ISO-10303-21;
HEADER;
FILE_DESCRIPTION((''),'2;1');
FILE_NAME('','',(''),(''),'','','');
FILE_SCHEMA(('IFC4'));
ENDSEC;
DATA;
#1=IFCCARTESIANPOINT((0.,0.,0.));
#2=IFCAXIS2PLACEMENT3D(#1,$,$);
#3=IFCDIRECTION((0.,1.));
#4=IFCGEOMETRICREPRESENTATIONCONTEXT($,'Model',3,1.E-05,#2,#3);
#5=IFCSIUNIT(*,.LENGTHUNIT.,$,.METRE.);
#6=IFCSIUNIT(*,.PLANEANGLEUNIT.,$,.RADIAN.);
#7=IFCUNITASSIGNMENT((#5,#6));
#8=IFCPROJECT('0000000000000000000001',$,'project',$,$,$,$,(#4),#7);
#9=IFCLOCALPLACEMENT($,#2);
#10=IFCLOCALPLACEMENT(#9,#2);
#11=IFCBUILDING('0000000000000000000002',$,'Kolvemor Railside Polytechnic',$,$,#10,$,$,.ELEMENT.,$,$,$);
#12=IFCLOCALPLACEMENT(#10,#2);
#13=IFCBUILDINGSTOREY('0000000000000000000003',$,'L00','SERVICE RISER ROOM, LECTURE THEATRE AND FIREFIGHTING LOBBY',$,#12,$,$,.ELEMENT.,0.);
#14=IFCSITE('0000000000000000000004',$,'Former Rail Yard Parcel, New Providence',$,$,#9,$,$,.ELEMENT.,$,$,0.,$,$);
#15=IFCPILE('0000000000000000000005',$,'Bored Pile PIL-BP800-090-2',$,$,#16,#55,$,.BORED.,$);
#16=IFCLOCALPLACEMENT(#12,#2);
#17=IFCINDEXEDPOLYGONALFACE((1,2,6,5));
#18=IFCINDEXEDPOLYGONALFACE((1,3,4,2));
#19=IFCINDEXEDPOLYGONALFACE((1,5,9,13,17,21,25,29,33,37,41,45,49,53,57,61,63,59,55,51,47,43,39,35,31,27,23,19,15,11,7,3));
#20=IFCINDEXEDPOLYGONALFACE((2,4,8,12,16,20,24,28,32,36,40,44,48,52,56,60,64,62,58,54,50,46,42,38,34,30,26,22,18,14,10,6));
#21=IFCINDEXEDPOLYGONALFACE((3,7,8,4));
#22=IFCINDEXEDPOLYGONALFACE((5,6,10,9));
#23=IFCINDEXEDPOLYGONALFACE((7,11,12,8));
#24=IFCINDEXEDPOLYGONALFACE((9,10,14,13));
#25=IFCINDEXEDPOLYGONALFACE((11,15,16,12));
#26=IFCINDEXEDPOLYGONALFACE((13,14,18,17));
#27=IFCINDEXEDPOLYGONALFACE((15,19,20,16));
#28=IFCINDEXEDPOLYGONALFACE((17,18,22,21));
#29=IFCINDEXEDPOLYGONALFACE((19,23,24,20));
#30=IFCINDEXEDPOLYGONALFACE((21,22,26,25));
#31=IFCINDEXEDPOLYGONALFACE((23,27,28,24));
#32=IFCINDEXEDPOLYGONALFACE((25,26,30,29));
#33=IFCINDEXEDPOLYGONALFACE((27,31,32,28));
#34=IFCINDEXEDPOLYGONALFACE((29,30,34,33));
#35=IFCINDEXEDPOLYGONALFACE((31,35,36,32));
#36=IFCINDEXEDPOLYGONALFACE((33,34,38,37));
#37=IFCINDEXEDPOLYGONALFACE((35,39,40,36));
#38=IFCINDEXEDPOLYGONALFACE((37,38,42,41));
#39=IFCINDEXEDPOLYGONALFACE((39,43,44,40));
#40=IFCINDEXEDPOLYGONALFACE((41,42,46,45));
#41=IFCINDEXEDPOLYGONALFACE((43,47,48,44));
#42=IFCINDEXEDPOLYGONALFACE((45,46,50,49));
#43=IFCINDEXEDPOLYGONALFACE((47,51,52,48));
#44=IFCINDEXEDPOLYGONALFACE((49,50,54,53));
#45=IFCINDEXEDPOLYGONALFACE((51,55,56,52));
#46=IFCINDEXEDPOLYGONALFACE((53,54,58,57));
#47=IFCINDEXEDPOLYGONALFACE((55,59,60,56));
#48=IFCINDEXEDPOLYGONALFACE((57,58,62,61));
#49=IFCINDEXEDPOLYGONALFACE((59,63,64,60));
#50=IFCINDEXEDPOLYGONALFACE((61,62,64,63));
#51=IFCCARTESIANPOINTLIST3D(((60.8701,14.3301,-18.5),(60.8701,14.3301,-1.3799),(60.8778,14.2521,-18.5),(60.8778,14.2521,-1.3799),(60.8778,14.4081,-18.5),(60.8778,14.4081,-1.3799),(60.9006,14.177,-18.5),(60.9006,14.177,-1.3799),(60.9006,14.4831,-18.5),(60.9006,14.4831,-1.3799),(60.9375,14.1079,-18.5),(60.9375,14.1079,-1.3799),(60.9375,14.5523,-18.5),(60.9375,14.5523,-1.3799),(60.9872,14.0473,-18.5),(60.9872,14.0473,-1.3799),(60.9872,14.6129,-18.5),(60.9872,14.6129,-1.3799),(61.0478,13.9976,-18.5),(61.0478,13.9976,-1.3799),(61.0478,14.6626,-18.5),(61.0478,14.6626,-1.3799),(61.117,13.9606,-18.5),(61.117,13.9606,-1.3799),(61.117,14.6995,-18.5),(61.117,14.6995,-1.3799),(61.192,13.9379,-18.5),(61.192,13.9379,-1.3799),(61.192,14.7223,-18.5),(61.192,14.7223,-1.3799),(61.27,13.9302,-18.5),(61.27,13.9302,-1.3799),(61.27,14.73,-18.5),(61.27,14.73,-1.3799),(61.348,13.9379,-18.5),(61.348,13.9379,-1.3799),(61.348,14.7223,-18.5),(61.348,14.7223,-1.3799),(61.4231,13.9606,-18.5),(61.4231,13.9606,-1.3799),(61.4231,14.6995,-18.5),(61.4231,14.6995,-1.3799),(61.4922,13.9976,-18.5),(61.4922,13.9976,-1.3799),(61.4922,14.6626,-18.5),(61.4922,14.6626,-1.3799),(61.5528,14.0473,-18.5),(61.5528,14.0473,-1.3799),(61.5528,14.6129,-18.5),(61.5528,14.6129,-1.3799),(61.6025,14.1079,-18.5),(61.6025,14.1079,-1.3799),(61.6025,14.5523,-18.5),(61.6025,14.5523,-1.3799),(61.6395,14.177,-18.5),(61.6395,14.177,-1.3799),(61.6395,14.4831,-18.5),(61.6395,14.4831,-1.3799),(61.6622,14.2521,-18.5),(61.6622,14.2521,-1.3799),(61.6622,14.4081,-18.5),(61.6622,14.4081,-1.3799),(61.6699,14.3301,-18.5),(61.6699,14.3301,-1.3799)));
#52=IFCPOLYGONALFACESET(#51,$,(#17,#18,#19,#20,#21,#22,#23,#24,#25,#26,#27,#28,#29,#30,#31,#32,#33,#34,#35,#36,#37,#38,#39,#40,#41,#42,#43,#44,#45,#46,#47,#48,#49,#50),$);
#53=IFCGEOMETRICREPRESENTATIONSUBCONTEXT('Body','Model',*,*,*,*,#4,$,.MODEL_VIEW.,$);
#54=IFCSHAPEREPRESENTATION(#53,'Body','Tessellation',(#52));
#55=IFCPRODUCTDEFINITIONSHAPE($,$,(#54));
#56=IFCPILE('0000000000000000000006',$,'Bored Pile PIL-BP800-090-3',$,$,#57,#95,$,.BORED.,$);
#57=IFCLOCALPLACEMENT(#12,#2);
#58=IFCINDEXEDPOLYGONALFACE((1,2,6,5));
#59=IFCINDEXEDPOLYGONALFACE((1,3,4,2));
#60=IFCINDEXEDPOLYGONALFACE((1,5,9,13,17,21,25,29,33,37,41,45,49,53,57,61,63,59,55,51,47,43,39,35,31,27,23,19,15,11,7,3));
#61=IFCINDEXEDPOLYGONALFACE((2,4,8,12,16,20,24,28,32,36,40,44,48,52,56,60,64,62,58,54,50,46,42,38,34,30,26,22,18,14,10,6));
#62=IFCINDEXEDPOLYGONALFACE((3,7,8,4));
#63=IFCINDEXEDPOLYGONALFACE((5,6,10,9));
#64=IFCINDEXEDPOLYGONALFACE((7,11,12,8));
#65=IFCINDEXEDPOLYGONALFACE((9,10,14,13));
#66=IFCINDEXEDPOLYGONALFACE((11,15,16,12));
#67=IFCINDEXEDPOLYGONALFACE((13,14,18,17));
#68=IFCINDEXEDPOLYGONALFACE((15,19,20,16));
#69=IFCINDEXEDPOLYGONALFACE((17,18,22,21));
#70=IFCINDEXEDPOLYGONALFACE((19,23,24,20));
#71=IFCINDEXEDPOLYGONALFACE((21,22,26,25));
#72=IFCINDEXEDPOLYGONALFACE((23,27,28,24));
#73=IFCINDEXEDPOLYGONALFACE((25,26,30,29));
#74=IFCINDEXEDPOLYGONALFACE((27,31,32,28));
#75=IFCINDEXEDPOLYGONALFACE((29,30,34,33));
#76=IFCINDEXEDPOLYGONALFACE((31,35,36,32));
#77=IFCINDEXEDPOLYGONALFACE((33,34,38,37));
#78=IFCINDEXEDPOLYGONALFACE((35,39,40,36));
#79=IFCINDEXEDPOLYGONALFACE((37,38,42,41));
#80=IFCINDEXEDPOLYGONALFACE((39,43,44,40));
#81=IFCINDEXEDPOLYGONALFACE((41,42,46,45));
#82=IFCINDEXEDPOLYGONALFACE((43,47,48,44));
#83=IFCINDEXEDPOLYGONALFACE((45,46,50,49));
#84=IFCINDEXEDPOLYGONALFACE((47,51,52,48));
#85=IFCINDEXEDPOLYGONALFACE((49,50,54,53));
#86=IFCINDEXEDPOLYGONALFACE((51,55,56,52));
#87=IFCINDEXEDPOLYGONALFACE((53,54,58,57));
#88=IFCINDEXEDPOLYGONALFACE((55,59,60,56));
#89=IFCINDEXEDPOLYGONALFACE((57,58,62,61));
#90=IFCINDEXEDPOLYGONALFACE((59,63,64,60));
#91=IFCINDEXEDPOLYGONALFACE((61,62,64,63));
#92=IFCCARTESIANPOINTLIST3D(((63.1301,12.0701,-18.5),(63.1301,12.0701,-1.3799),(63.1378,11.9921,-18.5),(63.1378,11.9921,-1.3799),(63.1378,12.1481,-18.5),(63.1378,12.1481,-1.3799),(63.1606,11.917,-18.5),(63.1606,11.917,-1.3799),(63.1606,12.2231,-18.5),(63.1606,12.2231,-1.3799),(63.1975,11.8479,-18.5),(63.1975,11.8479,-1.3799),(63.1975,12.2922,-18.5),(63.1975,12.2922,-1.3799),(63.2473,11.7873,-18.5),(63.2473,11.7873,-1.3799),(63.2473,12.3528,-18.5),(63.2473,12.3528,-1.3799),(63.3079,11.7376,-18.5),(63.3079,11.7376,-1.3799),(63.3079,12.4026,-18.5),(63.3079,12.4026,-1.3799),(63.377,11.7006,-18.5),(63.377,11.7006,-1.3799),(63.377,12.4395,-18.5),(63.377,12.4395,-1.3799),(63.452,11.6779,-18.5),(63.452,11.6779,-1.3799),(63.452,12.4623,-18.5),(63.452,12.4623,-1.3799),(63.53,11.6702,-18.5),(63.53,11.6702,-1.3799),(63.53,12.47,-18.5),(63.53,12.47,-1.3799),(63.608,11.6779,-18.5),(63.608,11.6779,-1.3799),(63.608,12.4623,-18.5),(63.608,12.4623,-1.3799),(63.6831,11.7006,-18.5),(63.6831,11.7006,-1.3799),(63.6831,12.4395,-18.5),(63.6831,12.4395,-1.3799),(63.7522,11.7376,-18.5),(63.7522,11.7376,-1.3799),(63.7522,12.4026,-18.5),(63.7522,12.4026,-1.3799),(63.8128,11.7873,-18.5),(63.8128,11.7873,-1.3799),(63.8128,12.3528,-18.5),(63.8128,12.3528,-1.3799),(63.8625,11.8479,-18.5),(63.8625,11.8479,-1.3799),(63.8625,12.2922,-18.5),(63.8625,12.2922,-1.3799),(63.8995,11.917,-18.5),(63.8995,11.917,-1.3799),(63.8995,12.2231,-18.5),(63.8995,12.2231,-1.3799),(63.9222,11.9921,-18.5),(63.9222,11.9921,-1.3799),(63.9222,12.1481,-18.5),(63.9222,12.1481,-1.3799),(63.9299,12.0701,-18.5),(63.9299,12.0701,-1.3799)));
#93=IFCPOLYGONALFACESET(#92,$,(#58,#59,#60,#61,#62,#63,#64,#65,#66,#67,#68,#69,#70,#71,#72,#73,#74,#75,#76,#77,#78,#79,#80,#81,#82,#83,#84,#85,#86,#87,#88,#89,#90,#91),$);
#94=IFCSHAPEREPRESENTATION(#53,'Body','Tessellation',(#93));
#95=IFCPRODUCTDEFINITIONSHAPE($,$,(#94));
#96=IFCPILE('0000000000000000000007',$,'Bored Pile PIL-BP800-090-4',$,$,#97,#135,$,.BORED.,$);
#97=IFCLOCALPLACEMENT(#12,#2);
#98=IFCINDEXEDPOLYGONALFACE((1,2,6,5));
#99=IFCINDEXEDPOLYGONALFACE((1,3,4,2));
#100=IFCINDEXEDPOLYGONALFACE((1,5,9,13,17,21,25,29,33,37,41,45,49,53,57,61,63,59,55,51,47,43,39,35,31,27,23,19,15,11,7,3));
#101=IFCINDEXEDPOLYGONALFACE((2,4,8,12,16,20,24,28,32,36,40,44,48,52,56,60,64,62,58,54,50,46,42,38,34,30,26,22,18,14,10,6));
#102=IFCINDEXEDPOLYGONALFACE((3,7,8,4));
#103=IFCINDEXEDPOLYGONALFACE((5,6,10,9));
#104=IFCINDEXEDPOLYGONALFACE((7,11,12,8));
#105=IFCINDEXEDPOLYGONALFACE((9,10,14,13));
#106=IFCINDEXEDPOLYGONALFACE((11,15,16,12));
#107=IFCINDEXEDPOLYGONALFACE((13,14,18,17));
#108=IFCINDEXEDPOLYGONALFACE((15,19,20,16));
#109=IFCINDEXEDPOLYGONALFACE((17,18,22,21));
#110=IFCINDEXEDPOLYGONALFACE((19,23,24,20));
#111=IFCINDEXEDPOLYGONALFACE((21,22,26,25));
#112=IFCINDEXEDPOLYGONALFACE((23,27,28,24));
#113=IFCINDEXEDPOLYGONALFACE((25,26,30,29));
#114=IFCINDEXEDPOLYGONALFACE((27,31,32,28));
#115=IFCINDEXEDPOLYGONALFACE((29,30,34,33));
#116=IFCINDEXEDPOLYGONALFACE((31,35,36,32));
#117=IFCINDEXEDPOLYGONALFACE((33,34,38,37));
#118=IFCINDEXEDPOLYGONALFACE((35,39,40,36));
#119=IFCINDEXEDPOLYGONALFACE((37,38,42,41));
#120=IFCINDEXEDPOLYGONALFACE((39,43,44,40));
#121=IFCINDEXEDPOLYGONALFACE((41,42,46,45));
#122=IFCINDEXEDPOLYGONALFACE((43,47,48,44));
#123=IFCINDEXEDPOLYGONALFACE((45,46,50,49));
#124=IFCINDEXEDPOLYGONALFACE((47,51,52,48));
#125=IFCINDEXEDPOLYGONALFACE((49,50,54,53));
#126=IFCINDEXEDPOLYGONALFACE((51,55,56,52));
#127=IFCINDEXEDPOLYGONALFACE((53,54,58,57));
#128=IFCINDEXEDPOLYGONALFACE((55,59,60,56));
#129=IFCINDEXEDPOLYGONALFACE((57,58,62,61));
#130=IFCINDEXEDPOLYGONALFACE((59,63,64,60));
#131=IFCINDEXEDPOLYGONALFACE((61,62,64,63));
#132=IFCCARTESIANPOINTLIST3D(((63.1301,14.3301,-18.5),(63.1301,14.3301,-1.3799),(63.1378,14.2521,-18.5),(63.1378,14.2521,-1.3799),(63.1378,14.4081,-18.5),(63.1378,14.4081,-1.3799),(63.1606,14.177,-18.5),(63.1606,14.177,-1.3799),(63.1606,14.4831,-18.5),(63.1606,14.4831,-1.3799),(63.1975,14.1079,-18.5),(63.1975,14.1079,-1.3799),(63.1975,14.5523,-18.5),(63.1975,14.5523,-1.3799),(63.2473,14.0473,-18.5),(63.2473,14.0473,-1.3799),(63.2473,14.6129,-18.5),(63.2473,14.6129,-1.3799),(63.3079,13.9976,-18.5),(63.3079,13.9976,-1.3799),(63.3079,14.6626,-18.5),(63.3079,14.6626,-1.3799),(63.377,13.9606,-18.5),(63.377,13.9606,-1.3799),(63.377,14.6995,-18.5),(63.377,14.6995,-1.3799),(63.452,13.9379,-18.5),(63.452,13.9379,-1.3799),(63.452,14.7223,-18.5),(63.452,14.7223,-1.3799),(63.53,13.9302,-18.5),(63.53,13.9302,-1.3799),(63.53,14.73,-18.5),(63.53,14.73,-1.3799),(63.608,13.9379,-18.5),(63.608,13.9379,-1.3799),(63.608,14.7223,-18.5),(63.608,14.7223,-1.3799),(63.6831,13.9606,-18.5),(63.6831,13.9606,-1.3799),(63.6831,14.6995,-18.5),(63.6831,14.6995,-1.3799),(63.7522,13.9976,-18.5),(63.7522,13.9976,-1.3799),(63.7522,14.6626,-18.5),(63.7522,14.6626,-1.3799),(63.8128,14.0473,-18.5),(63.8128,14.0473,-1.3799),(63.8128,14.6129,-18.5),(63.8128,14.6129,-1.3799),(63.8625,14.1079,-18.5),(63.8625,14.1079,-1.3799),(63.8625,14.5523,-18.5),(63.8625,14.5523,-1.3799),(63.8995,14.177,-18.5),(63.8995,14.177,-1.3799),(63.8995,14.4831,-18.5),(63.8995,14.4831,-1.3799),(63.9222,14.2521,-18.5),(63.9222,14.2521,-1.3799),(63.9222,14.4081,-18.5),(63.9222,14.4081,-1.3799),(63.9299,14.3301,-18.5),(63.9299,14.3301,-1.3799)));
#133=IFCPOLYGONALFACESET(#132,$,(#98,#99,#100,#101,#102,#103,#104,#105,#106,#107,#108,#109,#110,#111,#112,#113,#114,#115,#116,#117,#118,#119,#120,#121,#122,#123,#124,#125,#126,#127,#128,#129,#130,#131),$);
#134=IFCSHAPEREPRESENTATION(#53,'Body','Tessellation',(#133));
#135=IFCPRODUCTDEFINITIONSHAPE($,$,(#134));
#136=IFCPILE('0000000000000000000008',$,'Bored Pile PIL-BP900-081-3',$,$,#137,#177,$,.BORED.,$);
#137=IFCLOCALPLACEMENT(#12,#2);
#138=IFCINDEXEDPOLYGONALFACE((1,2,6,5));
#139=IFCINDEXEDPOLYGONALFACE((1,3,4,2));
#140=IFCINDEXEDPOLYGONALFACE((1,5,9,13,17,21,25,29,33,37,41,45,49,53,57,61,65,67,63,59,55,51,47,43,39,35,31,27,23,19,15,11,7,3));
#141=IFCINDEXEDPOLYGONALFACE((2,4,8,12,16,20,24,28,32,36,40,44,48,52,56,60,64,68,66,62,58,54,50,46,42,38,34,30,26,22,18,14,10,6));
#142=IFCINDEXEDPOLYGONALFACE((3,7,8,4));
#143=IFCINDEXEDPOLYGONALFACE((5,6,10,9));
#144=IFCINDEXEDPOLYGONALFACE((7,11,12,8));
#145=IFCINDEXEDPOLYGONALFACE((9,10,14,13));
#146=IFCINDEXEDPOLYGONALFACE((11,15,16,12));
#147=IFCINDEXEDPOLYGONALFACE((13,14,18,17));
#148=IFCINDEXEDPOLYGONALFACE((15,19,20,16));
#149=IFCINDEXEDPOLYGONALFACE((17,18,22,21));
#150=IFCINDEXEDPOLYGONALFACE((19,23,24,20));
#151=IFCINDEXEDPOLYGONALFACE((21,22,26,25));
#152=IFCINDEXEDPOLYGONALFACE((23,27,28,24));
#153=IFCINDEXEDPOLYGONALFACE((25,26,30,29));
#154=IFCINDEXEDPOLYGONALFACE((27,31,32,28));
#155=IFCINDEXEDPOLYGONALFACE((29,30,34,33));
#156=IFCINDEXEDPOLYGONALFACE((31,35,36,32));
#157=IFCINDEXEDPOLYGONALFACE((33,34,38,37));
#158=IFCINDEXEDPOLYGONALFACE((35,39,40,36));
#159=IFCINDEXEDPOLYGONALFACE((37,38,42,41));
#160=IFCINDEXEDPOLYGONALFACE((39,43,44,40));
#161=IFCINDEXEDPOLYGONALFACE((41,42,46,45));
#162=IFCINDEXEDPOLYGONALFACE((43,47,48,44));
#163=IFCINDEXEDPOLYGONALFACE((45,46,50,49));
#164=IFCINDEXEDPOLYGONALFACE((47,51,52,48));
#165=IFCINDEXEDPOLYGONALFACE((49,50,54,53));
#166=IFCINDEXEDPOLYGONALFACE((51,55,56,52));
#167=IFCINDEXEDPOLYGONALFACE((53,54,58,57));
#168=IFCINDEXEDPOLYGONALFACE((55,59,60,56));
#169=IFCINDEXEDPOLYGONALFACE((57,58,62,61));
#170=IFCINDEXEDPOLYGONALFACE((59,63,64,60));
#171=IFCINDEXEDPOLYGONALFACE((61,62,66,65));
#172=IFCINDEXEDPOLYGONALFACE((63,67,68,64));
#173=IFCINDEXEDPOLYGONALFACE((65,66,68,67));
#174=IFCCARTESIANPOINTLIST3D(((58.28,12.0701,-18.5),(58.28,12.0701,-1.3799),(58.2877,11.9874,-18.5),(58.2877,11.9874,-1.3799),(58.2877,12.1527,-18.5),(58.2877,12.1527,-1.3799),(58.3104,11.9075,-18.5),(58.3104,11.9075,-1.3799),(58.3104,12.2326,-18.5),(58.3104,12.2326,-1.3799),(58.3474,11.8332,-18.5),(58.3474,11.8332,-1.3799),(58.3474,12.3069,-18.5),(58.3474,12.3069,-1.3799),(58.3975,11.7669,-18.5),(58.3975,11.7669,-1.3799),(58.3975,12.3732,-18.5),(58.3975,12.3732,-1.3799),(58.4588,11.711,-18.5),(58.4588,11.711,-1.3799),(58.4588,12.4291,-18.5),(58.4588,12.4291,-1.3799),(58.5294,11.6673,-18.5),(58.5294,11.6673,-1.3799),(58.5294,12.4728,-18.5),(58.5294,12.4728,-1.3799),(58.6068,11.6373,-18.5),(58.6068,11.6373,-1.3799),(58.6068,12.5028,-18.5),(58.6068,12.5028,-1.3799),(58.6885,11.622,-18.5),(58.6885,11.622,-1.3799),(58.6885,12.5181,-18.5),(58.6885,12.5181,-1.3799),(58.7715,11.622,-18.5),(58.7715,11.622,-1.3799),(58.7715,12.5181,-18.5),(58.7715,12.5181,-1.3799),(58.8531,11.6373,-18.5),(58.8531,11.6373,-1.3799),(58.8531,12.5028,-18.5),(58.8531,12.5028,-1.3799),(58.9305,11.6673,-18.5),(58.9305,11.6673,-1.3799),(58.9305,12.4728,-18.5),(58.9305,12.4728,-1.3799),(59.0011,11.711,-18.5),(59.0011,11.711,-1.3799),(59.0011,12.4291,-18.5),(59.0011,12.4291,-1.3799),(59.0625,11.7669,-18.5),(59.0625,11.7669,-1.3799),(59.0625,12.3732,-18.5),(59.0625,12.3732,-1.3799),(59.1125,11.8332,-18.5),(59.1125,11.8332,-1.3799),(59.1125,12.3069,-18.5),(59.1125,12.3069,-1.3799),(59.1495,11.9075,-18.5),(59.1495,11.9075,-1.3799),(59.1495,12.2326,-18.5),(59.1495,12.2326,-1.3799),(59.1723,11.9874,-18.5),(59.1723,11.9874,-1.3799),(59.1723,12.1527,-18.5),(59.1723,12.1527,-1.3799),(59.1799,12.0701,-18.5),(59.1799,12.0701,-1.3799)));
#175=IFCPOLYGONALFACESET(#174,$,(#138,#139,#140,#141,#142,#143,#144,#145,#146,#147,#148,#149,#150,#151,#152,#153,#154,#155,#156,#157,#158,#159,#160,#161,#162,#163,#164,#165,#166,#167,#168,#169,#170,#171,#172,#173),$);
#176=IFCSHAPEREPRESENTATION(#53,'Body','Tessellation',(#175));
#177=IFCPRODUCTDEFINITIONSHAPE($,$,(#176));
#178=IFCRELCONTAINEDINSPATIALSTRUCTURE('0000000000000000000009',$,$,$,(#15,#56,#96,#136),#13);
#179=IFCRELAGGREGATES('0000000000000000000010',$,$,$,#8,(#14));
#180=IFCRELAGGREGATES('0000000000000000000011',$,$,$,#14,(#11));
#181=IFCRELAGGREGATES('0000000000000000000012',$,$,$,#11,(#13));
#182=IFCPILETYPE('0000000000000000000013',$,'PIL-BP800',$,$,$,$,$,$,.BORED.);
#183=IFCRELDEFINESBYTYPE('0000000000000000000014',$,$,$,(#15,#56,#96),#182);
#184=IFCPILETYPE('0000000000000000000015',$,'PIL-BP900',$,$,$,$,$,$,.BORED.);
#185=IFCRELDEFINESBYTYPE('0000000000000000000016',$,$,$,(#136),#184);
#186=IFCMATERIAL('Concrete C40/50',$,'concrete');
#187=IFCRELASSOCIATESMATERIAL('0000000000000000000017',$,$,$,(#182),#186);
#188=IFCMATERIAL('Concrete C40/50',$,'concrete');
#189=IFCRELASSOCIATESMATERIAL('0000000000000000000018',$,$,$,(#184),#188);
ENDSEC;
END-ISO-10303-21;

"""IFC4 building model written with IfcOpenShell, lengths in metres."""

from ifc_helpers import new_model, si_unit, direction, frame, origin, origin_2d, place, context, subcontext, project, spatial, circle, extrude, material, material_profile, profile_set, type_object, element, save


model = new_model("IFC4")

# Units and contexts
model_context = context("Model", 3, precision=1e-05, world=origin(), true_north=direction((0.0, 1.0)))
body_context = subcontext(model_context, "Body", "Model", "MODEL_VIEW")
ifc_project = project(units=[si_unit("LENGTHUNIT", "METRE"), si_unit("PLANEANGLEUNIT", "RADIAN")], contexts=[model_context])

# Site, building, storey
site_placement = place(None, origin())
site = spatial("IfcSite", under=ifc_project, at=site_placement, Name="Former Rail Yard Parcel, New Providence", CompositionType="ELEMENT", RefElevation=0.0)
building_placement = place(site_placement, origin())
building = spatial("IfcBuilding", under=site, at=building_placement, Name="Kolvemor Railside Polytechnic", CompositionType="ELEMENT")
storey_placement = place(building_placement, origin())
storey = spatial("IfcBuildingStorey", under=building, at=storey_placement, Name="L00", Description="SERVICE RISER ROOM, LECTURE THEATRE AND FIREFIGHTING LOBBY", CompositionType="ELEMENT", Elevation=0.0)

# Piles
ifc_material_1 = material(Name="Concrete C40/50", Category="concrete")
ifc_material_profile_1 = material_profile(ifc_material_1, circle(Radius=0.3999, at=origin_2d()), Name="BP800")
ifc_profile_set_1 = profile_set([ifc_material_profile_1], Name="Concrete C40/50")
pile_type_1 = type_object("IfcPileType", Name="PIL-BP800", PredefinedType="BORED", material=ifc_profile_set_1)
for number, where, z_axis, x_axis, name in (
    (1, (61.27, 14.3301, -1.3799), (0.0, 0.0, -1.0), (1.0, 0.0, 0.0), "Bored Pile PIL-BP800-090-2"),
    (2, (63.53, 12.0701, -1.3799), (0.0, 0.0, -1.0), (1.0, 0.0, 0.0), "Bored Pile PIL-BP800-090-3"),
    (3, (63.53, 14.3301, -1.3799), (0.0, 0.0, -1.0), (1.0, 0.0, 0.0), "Bored Pile PIL-BP800-090-4"),
):
    element("IfcPile", number, at=place(storey_placement, frame(where, z_axis=z_axis, x_axis=x_axis)), inside=storey, type_object=pile_type_1, Name=name, PredefinedType="BORED", context=body_context, shape_type="SweptSolid", body=[
        extrude(circle(Radius=0.3999, at=origin_2d()), origin(), (0.0, 0.0, 1.0), 17.1201),
    ])
ifc_material_2 = material(Name="Concrete C40/50", Category="concrete")
ifc_material_profile_2 = material_profile(ifc_material_2, circle(Radius=0.45, at=origin_2d()), Name="BP900")
ifc_profile_set_2 = profile_set([ifc_material_profile_2], Name="Concrete C40/50")
pile_type_2 = type_object("IfcPileType", Name="PIL-BP900", PredefinedType="BORED", material=ifc_profile_set_2)
for number, where, z_axis, x_axis, name in (
    (4, (58.73, 12.0701, -1.3799), (0.0, 0.0, -1.0), (1.0, 0.0, 0.0), "Bored Pile PIL-BP900-081-3"),
):
    element("IfcPile", number, at=place(storey_placement, frame(where, z_axis=z_axis, x_axis=x_axis)), inside=storey, type_object=pile_type_2, Name=name, PredefinedType="BORED", context=body_context, shape_type="SweptSolid", body=[
        extrude(circle(Radius=0.45, at=origin_2d()), origin(), (0.0, 0.0, 1.0), 17.1201),
    ])

save(model, "model.ifc")
